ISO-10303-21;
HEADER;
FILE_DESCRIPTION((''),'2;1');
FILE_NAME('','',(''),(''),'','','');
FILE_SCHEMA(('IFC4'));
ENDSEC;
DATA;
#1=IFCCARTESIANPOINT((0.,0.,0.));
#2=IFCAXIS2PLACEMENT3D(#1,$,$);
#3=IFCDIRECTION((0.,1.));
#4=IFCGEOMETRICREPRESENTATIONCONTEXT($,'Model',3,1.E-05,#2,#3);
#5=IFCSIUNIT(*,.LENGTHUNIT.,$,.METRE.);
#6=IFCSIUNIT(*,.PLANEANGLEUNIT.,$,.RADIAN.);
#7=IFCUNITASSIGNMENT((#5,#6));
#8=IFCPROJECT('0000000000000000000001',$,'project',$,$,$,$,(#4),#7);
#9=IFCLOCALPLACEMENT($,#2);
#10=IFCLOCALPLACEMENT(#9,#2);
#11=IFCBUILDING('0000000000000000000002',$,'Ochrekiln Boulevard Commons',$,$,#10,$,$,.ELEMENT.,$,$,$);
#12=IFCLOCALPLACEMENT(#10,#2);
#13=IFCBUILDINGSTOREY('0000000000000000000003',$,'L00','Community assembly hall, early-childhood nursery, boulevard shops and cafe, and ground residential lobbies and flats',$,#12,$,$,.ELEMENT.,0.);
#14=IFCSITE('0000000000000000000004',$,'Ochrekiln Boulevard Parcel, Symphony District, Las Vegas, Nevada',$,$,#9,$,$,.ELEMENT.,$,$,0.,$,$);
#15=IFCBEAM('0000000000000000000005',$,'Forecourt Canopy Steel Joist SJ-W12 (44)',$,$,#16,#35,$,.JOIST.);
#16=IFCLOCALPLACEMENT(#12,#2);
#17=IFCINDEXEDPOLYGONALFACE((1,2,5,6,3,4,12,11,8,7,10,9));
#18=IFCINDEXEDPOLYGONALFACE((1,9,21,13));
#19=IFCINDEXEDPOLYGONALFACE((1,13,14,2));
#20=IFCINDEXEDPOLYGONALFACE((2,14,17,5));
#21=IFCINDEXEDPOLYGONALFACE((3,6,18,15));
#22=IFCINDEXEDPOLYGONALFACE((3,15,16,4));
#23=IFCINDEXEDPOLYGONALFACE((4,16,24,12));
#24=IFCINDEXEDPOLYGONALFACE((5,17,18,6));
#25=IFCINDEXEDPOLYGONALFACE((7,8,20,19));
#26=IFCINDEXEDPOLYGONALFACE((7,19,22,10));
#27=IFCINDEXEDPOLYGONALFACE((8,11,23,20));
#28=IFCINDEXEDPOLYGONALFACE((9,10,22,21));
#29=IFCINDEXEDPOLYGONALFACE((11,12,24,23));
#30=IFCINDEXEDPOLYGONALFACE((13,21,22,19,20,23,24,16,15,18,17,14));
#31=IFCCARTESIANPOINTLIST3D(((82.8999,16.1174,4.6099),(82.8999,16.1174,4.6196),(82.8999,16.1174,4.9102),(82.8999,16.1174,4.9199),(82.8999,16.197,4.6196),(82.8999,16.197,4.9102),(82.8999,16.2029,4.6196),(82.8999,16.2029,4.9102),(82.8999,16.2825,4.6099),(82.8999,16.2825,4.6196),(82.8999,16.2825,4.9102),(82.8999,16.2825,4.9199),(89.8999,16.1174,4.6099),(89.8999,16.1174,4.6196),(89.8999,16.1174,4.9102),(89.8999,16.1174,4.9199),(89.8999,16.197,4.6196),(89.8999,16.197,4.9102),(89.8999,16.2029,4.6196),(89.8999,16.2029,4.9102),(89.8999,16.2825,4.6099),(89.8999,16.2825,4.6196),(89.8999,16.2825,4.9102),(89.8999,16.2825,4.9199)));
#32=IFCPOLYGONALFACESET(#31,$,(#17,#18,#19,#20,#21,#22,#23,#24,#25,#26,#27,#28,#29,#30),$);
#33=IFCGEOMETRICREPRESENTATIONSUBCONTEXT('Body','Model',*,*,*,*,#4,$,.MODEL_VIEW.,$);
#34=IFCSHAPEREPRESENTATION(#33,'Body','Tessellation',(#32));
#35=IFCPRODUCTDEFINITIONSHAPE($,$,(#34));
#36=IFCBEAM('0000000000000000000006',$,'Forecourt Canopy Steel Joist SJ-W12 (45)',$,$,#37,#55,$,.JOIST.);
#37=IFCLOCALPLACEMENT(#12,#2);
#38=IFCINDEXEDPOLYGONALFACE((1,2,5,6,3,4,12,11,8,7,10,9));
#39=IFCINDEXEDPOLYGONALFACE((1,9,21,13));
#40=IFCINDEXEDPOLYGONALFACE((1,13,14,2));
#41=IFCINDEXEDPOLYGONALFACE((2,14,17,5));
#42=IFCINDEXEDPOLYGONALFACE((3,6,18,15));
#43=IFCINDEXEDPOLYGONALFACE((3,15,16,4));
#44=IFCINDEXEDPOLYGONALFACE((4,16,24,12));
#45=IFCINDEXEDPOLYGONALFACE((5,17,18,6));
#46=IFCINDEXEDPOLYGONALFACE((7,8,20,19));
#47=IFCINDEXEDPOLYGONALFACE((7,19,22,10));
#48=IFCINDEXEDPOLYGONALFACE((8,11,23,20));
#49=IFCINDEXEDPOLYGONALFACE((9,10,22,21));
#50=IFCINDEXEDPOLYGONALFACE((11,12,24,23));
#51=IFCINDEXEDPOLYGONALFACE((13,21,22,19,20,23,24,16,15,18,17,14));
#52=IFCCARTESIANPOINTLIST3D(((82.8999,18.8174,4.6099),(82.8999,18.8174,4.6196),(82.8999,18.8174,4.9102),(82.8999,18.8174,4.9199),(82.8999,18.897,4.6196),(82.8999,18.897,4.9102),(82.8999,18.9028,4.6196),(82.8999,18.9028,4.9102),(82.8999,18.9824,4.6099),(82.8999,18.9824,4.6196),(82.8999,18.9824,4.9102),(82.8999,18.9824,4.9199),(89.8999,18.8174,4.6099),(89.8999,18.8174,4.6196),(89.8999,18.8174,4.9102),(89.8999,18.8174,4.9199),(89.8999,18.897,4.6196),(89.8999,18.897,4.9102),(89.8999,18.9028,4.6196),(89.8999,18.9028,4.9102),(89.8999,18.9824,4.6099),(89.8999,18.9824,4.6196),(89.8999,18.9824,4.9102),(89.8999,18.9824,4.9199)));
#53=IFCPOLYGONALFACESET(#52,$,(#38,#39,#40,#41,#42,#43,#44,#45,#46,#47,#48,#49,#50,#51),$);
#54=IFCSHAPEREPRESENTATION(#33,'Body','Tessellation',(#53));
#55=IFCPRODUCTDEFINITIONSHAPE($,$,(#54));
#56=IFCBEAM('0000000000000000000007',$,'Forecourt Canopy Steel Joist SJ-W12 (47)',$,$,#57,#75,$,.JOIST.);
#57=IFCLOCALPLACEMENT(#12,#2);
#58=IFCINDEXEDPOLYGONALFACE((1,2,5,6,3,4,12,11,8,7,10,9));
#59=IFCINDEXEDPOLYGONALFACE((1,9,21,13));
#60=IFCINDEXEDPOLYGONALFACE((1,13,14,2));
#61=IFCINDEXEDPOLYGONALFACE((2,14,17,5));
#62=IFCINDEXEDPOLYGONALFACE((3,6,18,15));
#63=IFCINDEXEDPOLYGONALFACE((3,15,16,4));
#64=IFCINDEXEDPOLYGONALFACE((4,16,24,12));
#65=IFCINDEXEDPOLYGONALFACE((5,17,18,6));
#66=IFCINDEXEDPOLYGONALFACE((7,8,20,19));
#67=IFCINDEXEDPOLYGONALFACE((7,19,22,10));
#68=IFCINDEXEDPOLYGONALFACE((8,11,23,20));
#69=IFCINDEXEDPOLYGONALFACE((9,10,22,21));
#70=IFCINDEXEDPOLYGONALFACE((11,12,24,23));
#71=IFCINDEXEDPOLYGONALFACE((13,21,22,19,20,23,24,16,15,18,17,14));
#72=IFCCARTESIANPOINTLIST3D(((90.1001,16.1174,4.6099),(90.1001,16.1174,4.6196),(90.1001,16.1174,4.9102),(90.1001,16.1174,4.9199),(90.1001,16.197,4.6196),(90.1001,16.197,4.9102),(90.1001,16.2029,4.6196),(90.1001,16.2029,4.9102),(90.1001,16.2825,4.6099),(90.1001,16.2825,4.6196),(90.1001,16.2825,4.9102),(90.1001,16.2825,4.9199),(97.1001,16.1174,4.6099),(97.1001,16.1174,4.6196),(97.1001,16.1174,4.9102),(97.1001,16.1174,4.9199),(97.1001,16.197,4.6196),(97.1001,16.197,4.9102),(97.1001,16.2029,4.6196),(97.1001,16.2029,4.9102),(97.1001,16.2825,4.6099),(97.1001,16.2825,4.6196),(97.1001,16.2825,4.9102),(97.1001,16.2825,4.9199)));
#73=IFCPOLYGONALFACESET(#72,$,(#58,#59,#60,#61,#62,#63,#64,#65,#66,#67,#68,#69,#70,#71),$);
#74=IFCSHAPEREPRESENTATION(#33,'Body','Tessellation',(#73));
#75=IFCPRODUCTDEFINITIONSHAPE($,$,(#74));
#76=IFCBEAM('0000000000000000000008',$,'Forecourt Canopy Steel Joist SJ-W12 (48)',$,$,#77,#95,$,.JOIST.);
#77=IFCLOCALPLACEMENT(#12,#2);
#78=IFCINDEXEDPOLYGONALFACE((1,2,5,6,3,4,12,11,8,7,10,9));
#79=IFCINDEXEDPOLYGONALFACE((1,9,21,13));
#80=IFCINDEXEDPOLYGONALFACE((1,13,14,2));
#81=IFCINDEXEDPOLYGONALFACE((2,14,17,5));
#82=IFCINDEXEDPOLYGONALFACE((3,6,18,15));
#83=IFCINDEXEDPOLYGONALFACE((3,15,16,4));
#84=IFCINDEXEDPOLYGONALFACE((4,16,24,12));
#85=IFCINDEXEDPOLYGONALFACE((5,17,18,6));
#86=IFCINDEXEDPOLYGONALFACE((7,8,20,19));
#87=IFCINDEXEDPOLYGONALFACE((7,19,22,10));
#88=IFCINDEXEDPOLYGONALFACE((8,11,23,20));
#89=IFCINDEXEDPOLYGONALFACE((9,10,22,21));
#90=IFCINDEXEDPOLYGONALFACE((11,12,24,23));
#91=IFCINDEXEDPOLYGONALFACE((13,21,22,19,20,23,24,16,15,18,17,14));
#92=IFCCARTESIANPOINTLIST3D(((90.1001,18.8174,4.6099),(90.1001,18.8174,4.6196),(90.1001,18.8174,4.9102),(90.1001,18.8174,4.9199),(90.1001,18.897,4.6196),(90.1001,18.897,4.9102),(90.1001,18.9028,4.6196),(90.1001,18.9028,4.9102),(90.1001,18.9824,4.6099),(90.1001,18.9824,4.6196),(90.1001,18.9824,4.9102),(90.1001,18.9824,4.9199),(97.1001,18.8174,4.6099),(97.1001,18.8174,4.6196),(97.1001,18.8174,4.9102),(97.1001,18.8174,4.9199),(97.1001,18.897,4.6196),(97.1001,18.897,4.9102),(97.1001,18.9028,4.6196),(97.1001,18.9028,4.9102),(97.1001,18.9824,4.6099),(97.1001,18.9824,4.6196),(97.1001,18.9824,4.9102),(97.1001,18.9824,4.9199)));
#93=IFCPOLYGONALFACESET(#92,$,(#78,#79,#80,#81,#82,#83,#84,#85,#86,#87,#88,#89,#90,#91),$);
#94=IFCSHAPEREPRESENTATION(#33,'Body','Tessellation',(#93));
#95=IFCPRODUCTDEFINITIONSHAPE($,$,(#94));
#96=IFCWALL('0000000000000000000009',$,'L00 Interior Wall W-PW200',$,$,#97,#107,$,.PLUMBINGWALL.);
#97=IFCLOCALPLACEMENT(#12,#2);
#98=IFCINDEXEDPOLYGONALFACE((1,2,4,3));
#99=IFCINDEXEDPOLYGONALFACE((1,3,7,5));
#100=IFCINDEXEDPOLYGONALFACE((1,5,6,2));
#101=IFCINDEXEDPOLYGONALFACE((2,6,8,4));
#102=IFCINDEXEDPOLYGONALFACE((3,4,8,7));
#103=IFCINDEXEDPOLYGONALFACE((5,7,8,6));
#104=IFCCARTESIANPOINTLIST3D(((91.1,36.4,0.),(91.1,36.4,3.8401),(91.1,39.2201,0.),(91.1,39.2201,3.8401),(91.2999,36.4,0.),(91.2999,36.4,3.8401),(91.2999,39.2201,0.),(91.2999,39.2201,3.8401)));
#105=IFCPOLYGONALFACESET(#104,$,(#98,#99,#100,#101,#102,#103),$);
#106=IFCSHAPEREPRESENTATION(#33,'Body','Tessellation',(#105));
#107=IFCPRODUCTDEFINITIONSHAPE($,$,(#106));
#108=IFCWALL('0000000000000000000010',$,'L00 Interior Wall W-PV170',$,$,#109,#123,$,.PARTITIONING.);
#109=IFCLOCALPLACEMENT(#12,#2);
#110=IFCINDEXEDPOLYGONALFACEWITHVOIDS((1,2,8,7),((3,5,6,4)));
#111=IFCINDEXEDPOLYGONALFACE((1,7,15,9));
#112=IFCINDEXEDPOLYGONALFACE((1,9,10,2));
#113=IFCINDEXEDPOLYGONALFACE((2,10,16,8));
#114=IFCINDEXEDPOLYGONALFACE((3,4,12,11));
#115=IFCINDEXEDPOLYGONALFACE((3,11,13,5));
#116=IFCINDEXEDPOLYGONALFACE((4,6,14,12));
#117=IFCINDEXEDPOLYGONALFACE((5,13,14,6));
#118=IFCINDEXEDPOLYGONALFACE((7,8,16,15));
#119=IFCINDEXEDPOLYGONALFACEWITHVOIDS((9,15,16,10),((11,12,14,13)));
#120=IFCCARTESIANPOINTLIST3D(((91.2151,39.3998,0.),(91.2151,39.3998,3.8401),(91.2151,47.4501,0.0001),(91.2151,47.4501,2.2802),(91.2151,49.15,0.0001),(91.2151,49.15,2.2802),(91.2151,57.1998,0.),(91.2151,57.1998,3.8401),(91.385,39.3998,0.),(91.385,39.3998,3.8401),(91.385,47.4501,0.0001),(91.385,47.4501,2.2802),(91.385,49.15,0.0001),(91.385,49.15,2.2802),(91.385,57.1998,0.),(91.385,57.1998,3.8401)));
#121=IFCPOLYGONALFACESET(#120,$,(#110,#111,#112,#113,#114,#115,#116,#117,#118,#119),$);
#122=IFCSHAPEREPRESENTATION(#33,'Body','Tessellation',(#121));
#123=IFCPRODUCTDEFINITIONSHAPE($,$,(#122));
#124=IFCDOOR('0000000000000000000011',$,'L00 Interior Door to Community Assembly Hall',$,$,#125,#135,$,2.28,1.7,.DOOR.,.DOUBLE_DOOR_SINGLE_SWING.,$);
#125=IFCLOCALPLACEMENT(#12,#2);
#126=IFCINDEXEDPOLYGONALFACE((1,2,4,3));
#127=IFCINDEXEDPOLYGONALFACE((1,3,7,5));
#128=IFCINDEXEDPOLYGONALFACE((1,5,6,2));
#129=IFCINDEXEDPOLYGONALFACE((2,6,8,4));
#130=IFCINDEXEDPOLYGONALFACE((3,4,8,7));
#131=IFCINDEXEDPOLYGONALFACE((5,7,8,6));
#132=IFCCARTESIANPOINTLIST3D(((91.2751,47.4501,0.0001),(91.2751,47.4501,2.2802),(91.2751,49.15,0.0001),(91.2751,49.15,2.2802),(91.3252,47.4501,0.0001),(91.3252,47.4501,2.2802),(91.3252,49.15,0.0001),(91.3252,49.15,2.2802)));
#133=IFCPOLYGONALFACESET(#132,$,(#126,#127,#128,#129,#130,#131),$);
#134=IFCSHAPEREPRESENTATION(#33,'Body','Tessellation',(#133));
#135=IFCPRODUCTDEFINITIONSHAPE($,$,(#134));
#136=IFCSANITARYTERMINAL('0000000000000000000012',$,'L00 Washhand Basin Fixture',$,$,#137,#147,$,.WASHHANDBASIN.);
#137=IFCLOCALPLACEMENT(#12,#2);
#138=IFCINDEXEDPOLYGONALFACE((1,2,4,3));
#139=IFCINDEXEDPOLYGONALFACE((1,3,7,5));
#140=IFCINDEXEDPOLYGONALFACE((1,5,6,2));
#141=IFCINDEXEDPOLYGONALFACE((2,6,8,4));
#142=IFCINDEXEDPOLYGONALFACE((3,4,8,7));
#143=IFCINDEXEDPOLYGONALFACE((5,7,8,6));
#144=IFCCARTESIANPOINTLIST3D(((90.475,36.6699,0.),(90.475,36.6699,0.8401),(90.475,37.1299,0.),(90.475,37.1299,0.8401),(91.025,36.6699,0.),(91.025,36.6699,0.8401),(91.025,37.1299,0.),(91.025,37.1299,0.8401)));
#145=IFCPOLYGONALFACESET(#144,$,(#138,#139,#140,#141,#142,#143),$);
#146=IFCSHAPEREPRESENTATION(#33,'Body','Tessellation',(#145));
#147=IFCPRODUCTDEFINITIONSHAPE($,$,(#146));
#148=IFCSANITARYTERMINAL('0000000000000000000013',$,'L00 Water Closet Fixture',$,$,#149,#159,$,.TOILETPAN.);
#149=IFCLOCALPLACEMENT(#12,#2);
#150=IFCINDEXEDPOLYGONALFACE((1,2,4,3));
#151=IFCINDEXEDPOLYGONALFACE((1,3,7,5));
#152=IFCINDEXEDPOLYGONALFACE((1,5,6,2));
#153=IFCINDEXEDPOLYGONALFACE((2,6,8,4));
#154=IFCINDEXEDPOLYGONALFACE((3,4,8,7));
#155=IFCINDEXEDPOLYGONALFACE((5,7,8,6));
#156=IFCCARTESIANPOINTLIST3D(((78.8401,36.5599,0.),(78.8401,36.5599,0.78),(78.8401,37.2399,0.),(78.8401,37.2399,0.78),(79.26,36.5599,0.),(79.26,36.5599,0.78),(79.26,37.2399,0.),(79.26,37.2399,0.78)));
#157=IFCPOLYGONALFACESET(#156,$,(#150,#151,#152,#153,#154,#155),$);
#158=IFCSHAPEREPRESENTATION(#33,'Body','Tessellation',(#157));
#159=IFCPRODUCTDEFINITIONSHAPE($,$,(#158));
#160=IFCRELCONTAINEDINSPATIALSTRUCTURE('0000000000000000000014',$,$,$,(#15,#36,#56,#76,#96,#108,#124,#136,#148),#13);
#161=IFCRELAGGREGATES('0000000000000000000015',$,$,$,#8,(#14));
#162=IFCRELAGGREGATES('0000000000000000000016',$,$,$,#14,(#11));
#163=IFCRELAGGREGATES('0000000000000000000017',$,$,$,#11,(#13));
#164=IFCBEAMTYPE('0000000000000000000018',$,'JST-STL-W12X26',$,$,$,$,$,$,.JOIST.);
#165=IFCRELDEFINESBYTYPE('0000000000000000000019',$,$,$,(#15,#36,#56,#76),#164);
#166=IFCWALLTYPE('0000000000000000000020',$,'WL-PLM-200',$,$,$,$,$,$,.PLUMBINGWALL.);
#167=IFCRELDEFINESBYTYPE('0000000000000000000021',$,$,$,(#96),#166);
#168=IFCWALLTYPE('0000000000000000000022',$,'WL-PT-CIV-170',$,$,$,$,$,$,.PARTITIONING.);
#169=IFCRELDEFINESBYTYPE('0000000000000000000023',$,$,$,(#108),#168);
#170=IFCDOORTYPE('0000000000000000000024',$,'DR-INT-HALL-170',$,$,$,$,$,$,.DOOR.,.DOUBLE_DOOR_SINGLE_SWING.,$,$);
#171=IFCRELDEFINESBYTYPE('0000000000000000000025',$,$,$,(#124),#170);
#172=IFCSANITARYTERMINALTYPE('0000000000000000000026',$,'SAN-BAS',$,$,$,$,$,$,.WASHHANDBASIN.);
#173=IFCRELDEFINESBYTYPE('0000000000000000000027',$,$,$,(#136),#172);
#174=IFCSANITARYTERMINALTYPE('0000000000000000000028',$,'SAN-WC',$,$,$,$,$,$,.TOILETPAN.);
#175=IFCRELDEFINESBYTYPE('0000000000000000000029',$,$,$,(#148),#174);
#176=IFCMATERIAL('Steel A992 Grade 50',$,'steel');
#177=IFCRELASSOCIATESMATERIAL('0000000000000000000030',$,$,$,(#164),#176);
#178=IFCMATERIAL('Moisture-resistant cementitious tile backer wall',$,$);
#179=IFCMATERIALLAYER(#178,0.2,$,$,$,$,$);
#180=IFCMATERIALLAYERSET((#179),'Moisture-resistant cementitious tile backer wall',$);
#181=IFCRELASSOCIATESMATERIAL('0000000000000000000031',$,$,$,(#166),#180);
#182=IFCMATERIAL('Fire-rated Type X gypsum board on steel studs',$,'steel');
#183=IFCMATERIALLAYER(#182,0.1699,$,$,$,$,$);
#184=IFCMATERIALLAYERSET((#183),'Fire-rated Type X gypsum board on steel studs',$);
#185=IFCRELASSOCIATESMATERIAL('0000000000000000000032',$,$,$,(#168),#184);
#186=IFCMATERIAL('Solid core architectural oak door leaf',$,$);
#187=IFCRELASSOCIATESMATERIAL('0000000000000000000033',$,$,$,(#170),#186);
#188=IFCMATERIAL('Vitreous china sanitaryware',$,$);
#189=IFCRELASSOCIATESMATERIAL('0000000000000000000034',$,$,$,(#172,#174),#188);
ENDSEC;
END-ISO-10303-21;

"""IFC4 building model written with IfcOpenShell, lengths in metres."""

from ifc_helpers import new_model, si_unit, direction, frame, frame_2d, origin, origin_2d, place, context, subcontext, project, spatial, rectangle, i_section, extrude, material, layer, layer_set, material_profile, profile_set, type_object, element, fill, save


model = new_model("IFC4")

# Units and contexts
model_context = context("Model", 3, precision=1e-05, world=origin(), true_north=direction((0.0, 1.0)))
body_context = subcontext(model_context, "Body", "Model", "MODEL_VIEW")
ifc_project = project(units=[si_unit("LENGTHUNIT", "METRE"), si_unit("PLANEANGLEUNIT", "RADIAN")], contexts=[model_context])

# Site, building, storey
site_placement = place(None, origin())
site = spatial("IfcSite", under=ifc_project, at=site_placement, Name="Ochrekiln Boulevard Parcel, Symphony District, Las Vegas, Nevada", CompositionType="ELEMENT", RefElevation=0.0)
building_placement = place(site_placement, origin())
building = spatial("IfcBuilding", under=site, at=building_placement, Name="Ochrekiln Boulevard Commons", CompositionType="ELEMENT")
storey_placement = place(building_placement, origin())
storey = spatial("IfcBuildingStorey", under=building, at=storey_placement, Name="L00", Description="Community assembly hall, early-childhood nursery, boulevard shops and cafe, and ground residential lobbies and flats", CompositionType="ELEMENT", Elevation=0.0)

# Beams
ifc_material_1 = material(Name="Steel A992 Grade 50", Category="steel")
ifc_material_profile_1 = material_profile(ifc_material_1, i_section(OverallWidth=0.165, OverallDepth=0.3101, WebThickness=0.0059, FlangeThickness=0.0098, at=origin_2d()), Name="W12X26")
ifc_profile_set_1 = profile_set([ifc_material_profile_1], Name="Steel A992 Grade 50")
beam_type_1 = type_object("IfcBeamType", Name="JST-STL-W12X26", PredefinedType="JOIST", material=ifc_profile_set_1)
for number, where, z_axis, x_axis, name in (
    (1, (82.8999, 16.2, 4.7649), (1.0, 0.0, 0.0), (0.0, 1.0, 0.0), "Forecourt Canopy Steel Joist SJ-W12 (44)"),
    (2, (82.8999, 18.8999, 4.7649), (1.0, 0.0, 0.0), (0.0, 1.0, 0.0), "Forecourt Canopy Steel Joist SJ-W12 (45)"),
    (3, (90.1001, 16.2, 4.7649), (1.0, 0.0, 0.0), (0.0, 1.0, 0.0), "Forecourt Canopy Steel Joist SJ-W12 (47)"),
    (4, (90.1001, 18.8999, 4.7649), (1.0, 0.0, 0.0), (0.0, 1.0, 0.0), "Forecourt Canopy Steel Joist SJ-W12 (48)"),
):
    element("IfcBeam", number, at=place(storey_placement, frame(where, z_axis=z_axis, x_axis=x_axis)), inside=storey, type_object=beam_type_1, Name=name, PredefinedType="JOIST", context=body_context, shape_type="SweptSolid", body=[
        extrude(i_section(OverallWidth=0.165, OverallDepth=0.3101, WebThickness=0.0059, FlangeThickness=0.0098, at=origin_2d()), origin(), (0.0, 0.0, 1.0), 7.0),
    ])

# Wall
ifc_material_2 = material(Name="Moisture-resistant cementitious tile backer wall")
ifc_layer_1 = layer(ifc_material_2, 0.2)
ifc_layer_set_1 = layer_set([ifc_layer_1], Name="Moisture-resistant cementitious tile backer wall")
wall_type_1 = type_object("IfcWallType", Name="WL-PLM-200", PredefinedType="PLUMBINGWALL", material=ifc_layer_set_1)
wall_1_placement = place(storey_placement, frame((91.2, 36.3999, 0.0), z_axis=(0.0, 0.0, 1.0), x_axis=(0.0, 1.0, 0.0)))
element("IfcWall", 5, at=wall_1_placement, inside=storey, type_object=wall_type_1, Name="L00 Interior Wall W-PW200", PredefinedType="PLUMBINGWALL", context=body_context, shape_type="SweptSolid", body=[
    extrude(rectangle(XDim=2.8201, YDim=0.2, at=frame_2d((1.4102, 0.0))), origin(), (0.0, 0.0, 1.0), 3.8401),
])

# Wall, opening, door
ifc_material_3 = material(Name="Fire-rated Type X gypsum board on steel studs", Category="steel")
ifc_layer_2 = layer(ifc_material_3, 0.1699)
ifc_layer_set_2 = layer_set([ifc_layer_2], Name="Fire-rated Type X gypsum board on steel studs")
wall_type_2 = type_object("IfcWallType", Name="WL-PT-CIV-170", PredefinedType="PARTITIONING", material=ifc_layer_set_2)
wall_2_placement = place(storey_placement, frame((91.3, 39.3999, 0.0), z_axis=(0.0, 0.0, 1.0), x_axis=(0.0, 1.0, 0.0)))
wall_2 = element("IfcWall", 6, at=wall_2_placement, inside=storey, type_object=wall_type_2, Name="L00 Interior Wall W-PV170", PredefinedType="PARTITIONING", context=body_context, shape_type="SweptSolid", body=[
    extrude(rectangle(XDim=17.8, YDim=0.1699, at=frame_2d((8.8999, 0.0))), origin(), (0.0, 0.0, 1.0), 3.8401),
])
opening_placement = place(wall_2_placement, frame((8.05, 0.0, 0.0)))
opening = element("IfcOpeningElement", 7, at=opening_placement, cuts=wall_2, PredefinedType="OPENING", context=body_context, shape_type="SweptSolid", body=[
    extrude(rectangle(XDim=1.7, YDim=2.28, at=frame_2d((0.8501, 1.1401))), frame((0.0, 0.095, 0.0), z_axis=(0.0, -1.0, 0.0), x_axis=(1.0, 0.0, 0.0)), (0.0, 0.0, 1.0), 0.1899),
])
ifc_material_4 = material(Name="Solid core architectural oak door leaf")
door_type = type_object("IfcDoorType", Name="DR-INT-HALL-170", OperationType="DOUBLE_DOOR_SINGLE_SWING", PredefinedType="DOOR", material=ifc_material_4)
door_placement = place(opening_placement, origin())
door = element("IfcDoor", 8, at=door_placement, inside=storey, type_object=door_type, Name="L00 Interior Door to Community Assembly Hall", OperationType="DOUBLE_DOOR_SINGLE_SWING", OverallHeight=2.28, OverallWidth=1.7, PredefinedType="DOOR", context=body_context, shape_type="SweptSolid", body=[
    extrude(rectangle(XDim=1.7, YDim=2.28, at=frame_2d((0.8501, 1.1401))), frame((0.0, 0.0249, 0.0), z_axis=(0.0, -1.0, 0.0), x_axis=(1.0, 0.0, 0.0)), (0.0, 0.0, 1.0), 0.05),
])
fill(opening, door)

# Sanitary terminals
ifc_material_5 = material(Name="Vitreous china sanitaryware")
sanitary_terminal_type_1 = type_object("IfcSanitaryTerminalType", Name="SAN-BAS", PredefinedType="WASHHANDBASIN", material=ifc_material_5)
sanitary_terminal_1_placement = place(storey_placement, frame((90.75, 36.8999, 0.0), z_axis=(0.0, 0.0, 1.0), x_axis=(1.0, 0.0, 0.0)))
element("IfcSanitaryTerminal", 9, at=sanitary_terminal_1_placement, inside=storey, type_object=sanitary_terminal_type_1, Name="L00 Washhand Basin Fixture", PredefinedType="WASHHANDBASIN", context=body_context, shape_type="SweptSolid", body=[
    extrude(rectangle(XDim=0.55, YDim=0.46, at=origin_2d()), origin(), (0.0, 0.0, 1.0), 0.8401),
])
sanitary_terminal_type_2 = type_object("IfcSanitaryTerminalType", Name="SAN-WC", PredefinedType="TOILETPAN", material=ifc_material_5)
sanitary_terminal_2_placement = place(storey_placement, frame((79.05, 36.8999, 0.0), z_axis=(0.0, 0.0, 1.0), x_axis=(1.0, 0.0, 0.0)))
element("IfcSanitaryTerminal", 10, at=sanitary_terminal_2_placement, inside=storey, type_object=sanitary_terminal_type_2, Name="L00 Water Closet Fixture", PredefinedType="TOILETPAN", context=body_context, shape_type="SweptSolid", body=[
    extrude(rectangle(XDim=0.4199, YDim=0.6799, at=origin_2d()), origin(), (0.0, 0.0, 1.0), 0.78),
])

save(model, "model.ifc")
